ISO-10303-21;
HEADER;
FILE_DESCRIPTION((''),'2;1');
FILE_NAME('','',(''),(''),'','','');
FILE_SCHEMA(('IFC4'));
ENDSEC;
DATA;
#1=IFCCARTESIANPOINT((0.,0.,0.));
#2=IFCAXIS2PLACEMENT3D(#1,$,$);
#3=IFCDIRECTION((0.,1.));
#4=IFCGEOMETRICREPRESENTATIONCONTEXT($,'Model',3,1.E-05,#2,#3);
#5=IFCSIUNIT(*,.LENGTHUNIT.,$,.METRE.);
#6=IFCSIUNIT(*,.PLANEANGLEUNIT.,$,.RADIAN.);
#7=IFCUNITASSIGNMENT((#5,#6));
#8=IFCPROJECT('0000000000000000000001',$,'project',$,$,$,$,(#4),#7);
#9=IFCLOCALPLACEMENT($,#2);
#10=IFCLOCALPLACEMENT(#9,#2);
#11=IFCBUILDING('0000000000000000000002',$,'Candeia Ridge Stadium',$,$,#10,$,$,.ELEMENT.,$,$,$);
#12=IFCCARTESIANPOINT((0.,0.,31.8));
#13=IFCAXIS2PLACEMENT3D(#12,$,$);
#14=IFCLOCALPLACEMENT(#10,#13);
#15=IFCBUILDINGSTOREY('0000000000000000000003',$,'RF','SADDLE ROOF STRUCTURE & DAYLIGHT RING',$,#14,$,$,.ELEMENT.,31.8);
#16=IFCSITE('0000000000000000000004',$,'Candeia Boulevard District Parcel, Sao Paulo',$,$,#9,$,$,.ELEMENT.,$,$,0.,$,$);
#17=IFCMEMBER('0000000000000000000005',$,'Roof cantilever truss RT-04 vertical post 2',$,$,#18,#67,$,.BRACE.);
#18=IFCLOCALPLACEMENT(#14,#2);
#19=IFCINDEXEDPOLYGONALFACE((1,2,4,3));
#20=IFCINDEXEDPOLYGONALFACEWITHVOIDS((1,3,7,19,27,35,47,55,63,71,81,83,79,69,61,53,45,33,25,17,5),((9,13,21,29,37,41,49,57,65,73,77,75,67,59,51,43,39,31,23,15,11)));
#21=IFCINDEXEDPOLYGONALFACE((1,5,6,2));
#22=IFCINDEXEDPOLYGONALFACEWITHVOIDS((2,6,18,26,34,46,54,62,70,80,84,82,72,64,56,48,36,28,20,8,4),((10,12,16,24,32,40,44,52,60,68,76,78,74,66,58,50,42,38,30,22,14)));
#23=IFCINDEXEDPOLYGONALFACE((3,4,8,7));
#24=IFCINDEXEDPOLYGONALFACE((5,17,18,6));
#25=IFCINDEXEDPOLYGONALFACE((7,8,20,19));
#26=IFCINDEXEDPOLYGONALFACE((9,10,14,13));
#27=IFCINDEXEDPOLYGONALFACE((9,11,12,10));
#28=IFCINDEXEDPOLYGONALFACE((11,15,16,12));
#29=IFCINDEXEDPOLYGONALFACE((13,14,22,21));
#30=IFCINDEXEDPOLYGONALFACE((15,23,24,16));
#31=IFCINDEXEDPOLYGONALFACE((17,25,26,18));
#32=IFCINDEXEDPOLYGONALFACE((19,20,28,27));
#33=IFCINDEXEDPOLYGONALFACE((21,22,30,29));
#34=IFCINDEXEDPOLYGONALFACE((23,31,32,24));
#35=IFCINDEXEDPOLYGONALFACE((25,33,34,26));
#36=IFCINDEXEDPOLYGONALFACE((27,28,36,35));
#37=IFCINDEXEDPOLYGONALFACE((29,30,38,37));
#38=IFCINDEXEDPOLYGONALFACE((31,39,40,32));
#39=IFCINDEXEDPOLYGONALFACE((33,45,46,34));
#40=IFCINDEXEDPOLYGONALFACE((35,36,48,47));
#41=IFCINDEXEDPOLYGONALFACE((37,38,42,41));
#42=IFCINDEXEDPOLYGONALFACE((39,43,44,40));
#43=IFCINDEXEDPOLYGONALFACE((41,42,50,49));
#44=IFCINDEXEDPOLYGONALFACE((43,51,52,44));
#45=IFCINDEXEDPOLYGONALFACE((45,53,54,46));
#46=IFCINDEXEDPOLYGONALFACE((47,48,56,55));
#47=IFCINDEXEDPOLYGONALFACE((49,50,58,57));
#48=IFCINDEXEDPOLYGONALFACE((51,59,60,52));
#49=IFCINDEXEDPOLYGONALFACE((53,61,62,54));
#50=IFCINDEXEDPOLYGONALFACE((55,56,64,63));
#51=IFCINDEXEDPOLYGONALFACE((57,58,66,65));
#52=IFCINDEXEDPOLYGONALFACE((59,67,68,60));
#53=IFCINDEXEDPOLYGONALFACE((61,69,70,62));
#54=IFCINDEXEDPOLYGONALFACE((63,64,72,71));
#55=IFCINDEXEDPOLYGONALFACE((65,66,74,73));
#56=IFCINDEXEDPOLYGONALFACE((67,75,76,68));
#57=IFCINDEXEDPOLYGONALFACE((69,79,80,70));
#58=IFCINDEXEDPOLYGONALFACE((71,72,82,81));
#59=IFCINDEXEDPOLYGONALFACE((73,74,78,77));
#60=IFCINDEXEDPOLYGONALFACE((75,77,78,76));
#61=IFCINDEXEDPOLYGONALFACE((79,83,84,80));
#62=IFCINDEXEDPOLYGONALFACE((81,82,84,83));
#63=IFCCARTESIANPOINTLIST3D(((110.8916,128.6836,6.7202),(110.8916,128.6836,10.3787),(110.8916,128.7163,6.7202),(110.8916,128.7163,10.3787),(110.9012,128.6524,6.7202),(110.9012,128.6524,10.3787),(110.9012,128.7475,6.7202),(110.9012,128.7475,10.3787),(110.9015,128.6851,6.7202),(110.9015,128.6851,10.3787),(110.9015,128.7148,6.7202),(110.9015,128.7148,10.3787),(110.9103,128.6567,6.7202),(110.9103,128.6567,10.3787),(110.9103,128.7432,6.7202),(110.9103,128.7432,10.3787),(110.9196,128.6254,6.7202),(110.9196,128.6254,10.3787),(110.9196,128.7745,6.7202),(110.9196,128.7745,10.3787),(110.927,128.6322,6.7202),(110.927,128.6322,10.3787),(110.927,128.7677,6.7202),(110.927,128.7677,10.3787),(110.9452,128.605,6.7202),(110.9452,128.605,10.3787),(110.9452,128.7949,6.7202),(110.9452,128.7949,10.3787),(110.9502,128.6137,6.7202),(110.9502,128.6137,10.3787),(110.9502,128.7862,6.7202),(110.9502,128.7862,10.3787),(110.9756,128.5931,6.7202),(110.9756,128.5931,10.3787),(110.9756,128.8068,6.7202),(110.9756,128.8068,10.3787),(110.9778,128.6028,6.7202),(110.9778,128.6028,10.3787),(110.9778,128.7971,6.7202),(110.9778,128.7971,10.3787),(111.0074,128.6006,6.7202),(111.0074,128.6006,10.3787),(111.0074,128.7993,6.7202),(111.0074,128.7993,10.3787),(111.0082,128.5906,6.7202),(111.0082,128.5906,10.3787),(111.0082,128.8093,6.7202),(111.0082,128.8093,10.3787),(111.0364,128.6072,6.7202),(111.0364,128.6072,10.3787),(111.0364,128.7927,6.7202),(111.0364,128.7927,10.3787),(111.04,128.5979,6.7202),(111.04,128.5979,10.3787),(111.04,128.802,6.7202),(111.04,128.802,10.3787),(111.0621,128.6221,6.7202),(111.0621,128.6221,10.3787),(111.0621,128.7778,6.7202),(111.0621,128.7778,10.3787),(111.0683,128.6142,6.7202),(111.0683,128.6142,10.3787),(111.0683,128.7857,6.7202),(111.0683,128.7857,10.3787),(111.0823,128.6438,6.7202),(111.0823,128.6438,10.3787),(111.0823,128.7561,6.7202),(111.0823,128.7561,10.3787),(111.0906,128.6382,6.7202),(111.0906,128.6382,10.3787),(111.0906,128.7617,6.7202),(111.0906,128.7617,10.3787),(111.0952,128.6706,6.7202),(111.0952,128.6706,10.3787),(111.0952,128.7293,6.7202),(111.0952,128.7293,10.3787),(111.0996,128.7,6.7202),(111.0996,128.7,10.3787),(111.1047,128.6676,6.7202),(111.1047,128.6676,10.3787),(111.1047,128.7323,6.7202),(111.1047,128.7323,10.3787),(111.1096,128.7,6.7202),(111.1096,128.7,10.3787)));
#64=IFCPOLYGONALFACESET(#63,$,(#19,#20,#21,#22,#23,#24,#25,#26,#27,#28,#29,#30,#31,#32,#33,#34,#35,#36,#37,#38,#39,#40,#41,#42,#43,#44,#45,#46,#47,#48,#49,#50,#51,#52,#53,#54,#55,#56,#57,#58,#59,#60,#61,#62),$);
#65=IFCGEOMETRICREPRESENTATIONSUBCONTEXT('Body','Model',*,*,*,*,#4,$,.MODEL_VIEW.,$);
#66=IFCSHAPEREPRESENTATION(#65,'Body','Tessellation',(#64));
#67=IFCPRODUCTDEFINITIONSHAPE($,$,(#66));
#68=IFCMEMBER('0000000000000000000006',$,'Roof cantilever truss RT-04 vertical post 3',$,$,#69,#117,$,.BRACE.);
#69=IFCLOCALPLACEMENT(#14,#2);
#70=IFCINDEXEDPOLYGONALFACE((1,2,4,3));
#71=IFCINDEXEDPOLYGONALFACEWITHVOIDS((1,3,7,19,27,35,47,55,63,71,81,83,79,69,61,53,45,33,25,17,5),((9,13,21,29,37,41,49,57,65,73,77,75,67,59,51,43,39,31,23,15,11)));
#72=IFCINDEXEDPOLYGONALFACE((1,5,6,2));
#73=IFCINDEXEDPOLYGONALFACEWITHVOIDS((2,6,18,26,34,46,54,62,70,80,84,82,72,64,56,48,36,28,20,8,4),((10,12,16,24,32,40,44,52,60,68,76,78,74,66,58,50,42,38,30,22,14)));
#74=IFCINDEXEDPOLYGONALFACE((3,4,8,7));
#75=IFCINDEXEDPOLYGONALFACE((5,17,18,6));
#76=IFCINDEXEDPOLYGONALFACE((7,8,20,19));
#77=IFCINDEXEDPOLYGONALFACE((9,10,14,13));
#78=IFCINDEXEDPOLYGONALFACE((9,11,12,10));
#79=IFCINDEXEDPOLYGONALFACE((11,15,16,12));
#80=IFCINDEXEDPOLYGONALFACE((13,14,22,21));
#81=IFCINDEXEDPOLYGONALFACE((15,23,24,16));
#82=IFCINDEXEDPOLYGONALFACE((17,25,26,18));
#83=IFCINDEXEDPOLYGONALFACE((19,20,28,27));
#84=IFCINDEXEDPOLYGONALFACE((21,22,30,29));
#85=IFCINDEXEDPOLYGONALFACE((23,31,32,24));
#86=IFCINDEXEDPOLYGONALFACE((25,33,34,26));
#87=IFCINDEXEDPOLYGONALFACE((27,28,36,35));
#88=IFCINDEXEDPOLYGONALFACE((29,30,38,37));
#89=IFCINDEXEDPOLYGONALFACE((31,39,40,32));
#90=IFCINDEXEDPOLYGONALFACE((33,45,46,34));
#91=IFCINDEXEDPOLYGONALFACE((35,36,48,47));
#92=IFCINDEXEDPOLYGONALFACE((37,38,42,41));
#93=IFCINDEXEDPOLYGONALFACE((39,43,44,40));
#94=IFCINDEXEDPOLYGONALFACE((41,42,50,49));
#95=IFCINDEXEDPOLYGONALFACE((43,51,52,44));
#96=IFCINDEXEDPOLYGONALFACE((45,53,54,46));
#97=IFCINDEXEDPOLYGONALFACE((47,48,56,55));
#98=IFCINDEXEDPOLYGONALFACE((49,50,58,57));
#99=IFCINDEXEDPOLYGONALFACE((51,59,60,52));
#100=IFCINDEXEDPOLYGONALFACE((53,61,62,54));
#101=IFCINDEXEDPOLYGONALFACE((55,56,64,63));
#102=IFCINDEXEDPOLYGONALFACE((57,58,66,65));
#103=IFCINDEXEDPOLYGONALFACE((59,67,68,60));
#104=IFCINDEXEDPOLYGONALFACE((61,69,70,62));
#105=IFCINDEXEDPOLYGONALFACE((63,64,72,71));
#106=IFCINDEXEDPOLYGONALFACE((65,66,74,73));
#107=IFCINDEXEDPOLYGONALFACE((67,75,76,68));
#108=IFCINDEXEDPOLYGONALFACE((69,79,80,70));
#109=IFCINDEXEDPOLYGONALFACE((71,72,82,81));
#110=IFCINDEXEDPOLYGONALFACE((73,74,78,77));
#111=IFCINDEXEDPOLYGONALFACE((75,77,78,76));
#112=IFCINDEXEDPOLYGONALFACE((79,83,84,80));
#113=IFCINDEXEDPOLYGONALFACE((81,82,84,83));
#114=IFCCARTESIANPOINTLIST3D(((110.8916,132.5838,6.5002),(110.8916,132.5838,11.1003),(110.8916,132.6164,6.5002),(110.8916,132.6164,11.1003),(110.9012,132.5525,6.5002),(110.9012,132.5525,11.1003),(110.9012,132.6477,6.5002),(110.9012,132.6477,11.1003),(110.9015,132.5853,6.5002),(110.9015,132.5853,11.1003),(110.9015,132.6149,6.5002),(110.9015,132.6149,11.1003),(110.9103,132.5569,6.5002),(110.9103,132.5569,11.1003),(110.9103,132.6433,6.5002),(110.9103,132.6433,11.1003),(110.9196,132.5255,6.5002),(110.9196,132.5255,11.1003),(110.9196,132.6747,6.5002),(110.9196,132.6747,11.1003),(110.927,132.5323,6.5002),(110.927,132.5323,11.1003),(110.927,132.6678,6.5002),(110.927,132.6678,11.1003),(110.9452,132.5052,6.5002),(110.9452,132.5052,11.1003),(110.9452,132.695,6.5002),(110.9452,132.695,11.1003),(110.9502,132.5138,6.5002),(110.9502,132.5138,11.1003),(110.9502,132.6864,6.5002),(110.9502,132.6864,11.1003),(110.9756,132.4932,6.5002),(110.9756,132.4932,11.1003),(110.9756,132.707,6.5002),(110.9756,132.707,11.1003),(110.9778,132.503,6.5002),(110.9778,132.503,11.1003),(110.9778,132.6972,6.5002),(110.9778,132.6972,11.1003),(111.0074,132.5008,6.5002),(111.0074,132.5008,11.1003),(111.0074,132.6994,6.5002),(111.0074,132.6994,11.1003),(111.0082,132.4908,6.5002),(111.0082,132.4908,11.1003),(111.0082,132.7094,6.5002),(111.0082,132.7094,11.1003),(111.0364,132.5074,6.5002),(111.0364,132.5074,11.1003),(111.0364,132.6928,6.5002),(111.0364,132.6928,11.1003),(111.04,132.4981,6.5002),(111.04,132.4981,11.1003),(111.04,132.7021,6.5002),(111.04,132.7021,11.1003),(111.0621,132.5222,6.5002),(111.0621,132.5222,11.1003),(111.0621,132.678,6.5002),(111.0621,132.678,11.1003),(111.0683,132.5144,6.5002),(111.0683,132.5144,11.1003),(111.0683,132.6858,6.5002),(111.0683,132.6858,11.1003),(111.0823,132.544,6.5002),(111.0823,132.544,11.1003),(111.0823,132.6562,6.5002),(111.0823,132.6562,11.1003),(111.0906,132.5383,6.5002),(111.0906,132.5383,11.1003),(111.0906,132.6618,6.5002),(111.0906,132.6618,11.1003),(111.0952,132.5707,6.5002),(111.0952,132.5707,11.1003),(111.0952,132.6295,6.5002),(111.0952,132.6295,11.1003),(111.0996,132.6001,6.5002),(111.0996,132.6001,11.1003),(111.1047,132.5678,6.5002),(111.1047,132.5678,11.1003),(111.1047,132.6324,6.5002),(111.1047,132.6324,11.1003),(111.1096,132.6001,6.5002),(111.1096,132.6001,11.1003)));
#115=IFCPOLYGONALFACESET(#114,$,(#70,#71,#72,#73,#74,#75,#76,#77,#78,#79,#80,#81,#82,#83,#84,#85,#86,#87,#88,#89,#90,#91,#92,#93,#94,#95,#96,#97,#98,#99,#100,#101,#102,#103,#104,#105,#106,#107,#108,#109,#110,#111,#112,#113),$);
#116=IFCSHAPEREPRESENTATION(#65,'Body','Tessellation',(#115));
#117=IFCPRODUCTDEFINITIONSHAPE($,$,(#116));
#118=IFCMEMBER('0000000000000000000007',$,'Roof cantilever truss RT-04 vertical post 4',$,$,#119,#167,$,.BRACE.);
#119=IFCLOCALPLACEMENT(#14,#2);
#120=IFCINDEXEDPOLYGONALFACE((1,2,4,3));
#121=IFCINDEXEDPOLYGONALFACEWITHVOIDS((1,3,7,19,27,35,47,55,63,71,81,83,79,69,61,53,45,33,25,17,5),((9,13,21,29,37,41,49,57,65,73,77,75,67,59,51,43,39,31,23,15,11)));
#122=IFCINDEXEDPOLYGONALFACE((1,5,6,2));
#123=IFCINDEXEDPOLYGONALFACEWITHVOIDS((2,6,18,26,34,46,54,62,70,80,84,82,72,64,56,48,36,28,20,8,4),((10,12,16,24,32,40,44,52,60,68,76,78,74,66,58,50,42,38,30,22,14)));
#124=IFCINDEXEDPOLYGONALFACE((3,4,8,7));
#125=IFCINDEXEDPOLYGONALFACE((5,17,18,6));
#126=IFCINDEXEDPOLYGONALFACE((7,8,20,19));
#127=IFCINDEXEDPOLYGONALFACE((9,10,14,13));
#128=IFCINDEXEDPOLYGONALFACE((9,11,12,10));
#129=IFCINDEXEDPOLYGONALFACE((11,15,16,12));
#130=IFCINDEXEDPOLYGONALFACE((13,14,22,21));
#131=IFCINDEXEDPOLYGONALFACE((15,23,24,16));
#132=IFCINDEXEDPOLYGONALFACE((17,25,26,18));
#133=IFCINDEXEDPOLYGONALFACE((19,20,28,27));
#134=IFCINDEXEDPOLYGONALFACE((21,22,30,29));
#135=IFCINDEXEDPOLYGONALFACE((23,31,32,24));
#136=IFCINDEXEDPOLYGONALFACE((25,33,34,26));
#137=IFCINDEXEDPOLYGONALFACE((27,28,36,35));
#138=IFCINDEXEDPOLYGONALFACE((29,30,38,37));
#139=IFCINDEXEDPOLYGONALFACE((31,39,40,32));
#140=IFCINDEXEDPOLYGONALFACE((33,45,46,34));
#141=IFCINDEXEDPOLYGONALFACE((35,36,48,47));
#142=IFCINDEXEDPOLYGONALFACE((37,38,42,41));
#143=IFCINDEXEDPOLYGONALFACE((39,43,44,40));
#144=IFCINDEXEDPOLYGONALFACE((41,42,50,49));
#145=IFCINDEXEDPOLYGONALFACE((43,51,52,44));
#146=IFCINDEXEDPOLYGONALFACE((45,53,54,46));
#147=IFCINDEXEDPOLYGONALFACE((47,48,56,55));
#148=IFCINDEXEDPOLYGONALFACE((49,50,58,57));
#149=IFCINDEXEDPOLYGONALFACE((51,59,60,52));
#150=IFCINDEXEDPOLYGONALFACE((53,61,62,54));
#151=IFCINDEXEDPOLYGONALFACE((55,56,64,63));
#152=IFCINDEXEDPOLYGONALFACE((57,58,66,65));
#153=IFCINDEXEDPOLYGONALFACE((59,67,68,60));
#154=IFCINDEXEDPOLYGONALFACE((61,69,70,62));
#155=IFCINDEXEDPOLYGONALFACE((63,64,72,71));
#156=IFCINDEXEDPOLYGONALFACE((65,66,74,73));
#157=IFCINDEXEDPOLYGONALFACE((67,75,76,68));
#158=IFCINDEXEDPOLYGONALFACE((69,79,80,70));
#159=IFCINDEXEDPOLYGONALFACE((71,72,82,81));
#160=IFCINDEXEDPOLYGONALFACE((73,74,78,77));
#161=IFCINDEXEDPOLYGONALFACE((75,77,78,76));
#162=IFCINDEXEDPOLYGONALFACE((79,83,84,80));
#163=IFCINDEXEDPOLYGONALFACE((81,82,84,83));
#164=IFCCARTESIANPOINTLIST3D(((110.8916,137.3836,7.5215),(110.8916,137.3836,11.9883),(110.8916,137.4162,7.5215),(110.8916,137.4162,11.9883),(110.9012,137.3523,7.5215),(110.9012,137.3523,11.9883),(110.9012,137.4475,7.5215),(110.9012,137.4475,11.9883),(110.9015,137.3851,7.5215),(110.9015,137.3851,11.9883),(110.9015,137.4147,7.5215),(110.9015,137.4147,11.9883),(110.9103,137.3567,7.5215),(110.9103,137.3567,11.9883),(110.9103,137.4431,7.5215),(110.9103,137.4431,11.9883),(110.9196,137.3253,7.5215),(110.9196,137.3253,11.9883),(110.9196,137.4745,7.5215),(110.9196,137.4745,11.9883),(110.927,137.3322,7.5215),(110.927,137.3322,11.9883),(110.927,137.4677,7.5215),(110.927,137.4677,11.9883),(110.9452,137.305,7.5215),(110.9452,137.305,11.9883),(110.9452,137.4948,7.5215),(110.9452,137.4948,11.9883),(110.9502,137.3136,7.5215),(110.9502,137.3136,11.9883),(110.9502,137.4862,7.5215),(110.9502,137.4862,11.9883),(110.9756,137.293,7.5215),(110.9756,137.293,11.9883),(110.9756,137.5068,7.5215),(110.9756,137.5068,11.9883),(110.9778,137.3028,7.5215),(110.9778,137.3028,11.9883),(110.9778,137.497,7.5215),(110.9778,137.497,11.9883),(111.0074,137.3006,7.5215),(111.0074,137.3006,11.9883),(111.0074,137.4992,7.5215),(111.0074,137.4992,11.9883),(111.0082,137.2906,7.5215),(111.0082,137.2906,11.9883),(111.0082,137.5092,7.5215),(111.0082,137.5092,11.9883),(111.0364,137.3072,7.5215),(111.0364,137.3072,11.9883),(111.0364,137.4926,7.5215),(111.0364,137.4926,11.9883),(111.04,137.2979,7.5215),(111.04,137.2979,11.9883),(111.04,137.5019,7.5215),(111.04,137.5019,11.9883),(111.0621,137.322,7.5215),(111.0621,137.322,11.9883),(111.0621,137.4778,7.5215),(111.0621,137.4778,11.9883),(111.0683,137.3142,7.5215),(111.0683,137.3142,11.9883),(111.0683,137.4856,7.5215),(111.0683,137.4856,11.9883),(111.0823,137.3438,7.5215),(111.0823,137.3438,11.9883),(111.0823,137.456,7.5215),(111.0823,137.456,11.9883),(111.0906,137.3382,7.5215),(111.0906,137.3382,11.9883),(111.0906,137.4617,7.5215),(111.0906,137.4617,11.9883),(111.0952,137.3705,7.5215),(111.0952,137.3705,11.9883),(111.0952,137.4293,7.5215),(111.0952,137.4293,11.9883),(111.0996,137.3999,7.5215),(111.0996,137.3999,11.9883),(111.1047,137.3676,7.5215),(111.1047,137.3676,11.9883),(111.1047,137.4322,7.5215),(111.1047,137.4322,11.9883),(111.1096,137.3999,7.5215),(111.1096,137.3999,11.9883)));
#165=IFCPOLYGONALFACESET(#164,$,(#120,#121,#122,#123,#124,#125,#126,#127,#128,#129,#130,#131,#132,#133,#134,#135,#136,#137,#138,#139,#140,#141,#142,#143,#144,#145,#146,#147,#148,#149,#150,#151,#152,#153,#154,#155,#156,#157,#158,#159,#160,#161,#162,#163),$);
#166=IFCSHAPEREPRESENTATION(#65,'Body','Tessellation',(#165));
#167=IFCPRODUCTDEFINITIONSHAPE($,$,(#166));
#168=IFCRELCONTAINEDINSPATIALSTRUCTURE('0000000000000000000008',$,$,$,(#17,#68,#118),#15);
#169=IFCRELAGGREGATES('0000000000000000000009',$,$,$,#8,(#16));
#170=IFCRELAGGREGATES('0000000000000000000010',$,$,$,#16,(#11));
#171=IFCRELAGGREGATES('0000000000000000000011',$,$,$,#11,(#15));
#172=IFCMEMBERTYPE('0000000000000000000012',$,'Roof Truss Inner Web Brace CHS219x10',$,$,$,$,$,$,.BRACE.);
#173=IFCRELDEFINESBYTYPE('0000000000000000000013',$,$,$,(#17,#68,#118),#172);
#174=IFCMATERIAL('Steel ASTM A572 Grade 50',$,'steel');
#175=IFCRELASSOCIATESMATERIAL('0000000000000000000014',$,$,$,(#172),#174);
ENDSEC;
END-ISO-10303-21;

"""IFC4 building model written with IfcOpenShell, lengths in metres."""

from ifc_helpers import new_model, si_unit, direction, frame, origin, origin_2d, place, context, subcontext, project, spatial, hollow_circle, extrude, material, material_profile, profile_set, type_object, element, save


model = new_model("IFC4")

# Units and contexts
model_context = context("Model", 3, precision=1e-05, world=origin(), true_north=direction((0.0, 1.0)))
body_context = subcontext(model_context, "Body", "Model", "MODEL_VIEW")
ifc_project = project(units=[si_unit("LENGTHUNIT", "METRE"), si_unit("PLANEANGLEUNIT", "RADIAN")], contexts=[model_context])

# Site, building, storey
site_placement = place(None, origin())
site = spatial("IfcSite", under=ifc_project, at=site_placement, Name="Candeia Boulevard District Parcel, Sao Paulo", CompositionType="ELEMENT", RefElevation=0.0)
building_placement = place(site_placement, origin())
building = spatial("IfcBuilding", under=site, at=building_placement, Name="Candeia Ridge Stadium", CompositionType="ELEMENT")
storey_placement = place(building_placement, frame((0.0, 0.0, 31.8)))
storey = spatial("IfcBuildingStorey", under=building, at=storey_placement, Name="RF", Description="SADDLE ROOF STRUCTURE & DAYLIGHT RING", CompositionType="ELEMENT", Elevation=31.8)

# Shared definitions
ifc_material_1 = material(Name="Steel ASTM A572 Grade 50", Category="steel")

# Members
ifc_material_profile_1 = material_profile(ifc_material_1, hollow_circle(Radius=0.1096, WallThickness=0.01, at=origin_2d()), Name="CHS219x10", Category="steel")
ifc_profile_set_1 = profile_set([ifc_material_profile_1], Name="Steel ASTM A572 Grade 50")
member_type_1 = type_object("IfcMemberType", Name="Roof Truss Inner Web Brace CHS219x10", PredefinedType="BRACE", material=ifc_profile_set_1)
member_1_placement = place(storey_placement, frame((111.0, 128.7, 6.7202), z_axis=(0.0, 0.0, 1.0), x_axis=(1.0, 0.0, 0.0)))
element("IfcMember", 1, at=member_1_placement, inside=storey, type_object=member_type_1, Name="Roof cantilever truss RT-04 vertical post 2", PredefinedType="BRACE", context=body_context, shape_type="SweptSolid", body=[
    extrude(hollow_circle(Radius=0.1096, WallThickness=0.01, at=origin_2d()), origin(), (0.0, 0.0, 1.0), 3.6584),
])
member_2_placement = place(storey_placement, frame((111.0, 132.6001, 6.5002), z_axis=(0.0, 0.0, 1.0), x_axis=(1.0, 0.0, 0.0)))
element("IfcMember", 2, at=member_2_placement, inside=storey, type_object=member_type_1, Name="Roof cantilever truss RT-04 vertical post 3", PredefinedType="BRACE", context=body_context, shape_type="SweptSolid", body=[
    extrude(hollow_circle(Radius=0.1096, WallThickness=0.01, at=origin_2d()), origin(), (0.0, 0.0, 1.0), 4.6001),
])
member_3_placement = place(storey_placement, frame((111.0, 137.3999, 7.5215), z_axis=(0.0, 0.0, 1.0), x_axis=(1.0, 0.0, 0.0)))
element("IfcMember", 3, at=member_3_placement, inside=storey, type_object=member_type_1, Name="Roof cantilever truss RT-04 vertical post 4", PredefinedType="BRACE", context=body_context, shape_type="SweptSolid", body=[
    extrude(hollow_circle(Radius=0.1096, WallThickness=0.01, at=origin_2d()), origin(), (0.0, 0.0, 1.0), 4.4668),
])

save(model, "model.ifc")
